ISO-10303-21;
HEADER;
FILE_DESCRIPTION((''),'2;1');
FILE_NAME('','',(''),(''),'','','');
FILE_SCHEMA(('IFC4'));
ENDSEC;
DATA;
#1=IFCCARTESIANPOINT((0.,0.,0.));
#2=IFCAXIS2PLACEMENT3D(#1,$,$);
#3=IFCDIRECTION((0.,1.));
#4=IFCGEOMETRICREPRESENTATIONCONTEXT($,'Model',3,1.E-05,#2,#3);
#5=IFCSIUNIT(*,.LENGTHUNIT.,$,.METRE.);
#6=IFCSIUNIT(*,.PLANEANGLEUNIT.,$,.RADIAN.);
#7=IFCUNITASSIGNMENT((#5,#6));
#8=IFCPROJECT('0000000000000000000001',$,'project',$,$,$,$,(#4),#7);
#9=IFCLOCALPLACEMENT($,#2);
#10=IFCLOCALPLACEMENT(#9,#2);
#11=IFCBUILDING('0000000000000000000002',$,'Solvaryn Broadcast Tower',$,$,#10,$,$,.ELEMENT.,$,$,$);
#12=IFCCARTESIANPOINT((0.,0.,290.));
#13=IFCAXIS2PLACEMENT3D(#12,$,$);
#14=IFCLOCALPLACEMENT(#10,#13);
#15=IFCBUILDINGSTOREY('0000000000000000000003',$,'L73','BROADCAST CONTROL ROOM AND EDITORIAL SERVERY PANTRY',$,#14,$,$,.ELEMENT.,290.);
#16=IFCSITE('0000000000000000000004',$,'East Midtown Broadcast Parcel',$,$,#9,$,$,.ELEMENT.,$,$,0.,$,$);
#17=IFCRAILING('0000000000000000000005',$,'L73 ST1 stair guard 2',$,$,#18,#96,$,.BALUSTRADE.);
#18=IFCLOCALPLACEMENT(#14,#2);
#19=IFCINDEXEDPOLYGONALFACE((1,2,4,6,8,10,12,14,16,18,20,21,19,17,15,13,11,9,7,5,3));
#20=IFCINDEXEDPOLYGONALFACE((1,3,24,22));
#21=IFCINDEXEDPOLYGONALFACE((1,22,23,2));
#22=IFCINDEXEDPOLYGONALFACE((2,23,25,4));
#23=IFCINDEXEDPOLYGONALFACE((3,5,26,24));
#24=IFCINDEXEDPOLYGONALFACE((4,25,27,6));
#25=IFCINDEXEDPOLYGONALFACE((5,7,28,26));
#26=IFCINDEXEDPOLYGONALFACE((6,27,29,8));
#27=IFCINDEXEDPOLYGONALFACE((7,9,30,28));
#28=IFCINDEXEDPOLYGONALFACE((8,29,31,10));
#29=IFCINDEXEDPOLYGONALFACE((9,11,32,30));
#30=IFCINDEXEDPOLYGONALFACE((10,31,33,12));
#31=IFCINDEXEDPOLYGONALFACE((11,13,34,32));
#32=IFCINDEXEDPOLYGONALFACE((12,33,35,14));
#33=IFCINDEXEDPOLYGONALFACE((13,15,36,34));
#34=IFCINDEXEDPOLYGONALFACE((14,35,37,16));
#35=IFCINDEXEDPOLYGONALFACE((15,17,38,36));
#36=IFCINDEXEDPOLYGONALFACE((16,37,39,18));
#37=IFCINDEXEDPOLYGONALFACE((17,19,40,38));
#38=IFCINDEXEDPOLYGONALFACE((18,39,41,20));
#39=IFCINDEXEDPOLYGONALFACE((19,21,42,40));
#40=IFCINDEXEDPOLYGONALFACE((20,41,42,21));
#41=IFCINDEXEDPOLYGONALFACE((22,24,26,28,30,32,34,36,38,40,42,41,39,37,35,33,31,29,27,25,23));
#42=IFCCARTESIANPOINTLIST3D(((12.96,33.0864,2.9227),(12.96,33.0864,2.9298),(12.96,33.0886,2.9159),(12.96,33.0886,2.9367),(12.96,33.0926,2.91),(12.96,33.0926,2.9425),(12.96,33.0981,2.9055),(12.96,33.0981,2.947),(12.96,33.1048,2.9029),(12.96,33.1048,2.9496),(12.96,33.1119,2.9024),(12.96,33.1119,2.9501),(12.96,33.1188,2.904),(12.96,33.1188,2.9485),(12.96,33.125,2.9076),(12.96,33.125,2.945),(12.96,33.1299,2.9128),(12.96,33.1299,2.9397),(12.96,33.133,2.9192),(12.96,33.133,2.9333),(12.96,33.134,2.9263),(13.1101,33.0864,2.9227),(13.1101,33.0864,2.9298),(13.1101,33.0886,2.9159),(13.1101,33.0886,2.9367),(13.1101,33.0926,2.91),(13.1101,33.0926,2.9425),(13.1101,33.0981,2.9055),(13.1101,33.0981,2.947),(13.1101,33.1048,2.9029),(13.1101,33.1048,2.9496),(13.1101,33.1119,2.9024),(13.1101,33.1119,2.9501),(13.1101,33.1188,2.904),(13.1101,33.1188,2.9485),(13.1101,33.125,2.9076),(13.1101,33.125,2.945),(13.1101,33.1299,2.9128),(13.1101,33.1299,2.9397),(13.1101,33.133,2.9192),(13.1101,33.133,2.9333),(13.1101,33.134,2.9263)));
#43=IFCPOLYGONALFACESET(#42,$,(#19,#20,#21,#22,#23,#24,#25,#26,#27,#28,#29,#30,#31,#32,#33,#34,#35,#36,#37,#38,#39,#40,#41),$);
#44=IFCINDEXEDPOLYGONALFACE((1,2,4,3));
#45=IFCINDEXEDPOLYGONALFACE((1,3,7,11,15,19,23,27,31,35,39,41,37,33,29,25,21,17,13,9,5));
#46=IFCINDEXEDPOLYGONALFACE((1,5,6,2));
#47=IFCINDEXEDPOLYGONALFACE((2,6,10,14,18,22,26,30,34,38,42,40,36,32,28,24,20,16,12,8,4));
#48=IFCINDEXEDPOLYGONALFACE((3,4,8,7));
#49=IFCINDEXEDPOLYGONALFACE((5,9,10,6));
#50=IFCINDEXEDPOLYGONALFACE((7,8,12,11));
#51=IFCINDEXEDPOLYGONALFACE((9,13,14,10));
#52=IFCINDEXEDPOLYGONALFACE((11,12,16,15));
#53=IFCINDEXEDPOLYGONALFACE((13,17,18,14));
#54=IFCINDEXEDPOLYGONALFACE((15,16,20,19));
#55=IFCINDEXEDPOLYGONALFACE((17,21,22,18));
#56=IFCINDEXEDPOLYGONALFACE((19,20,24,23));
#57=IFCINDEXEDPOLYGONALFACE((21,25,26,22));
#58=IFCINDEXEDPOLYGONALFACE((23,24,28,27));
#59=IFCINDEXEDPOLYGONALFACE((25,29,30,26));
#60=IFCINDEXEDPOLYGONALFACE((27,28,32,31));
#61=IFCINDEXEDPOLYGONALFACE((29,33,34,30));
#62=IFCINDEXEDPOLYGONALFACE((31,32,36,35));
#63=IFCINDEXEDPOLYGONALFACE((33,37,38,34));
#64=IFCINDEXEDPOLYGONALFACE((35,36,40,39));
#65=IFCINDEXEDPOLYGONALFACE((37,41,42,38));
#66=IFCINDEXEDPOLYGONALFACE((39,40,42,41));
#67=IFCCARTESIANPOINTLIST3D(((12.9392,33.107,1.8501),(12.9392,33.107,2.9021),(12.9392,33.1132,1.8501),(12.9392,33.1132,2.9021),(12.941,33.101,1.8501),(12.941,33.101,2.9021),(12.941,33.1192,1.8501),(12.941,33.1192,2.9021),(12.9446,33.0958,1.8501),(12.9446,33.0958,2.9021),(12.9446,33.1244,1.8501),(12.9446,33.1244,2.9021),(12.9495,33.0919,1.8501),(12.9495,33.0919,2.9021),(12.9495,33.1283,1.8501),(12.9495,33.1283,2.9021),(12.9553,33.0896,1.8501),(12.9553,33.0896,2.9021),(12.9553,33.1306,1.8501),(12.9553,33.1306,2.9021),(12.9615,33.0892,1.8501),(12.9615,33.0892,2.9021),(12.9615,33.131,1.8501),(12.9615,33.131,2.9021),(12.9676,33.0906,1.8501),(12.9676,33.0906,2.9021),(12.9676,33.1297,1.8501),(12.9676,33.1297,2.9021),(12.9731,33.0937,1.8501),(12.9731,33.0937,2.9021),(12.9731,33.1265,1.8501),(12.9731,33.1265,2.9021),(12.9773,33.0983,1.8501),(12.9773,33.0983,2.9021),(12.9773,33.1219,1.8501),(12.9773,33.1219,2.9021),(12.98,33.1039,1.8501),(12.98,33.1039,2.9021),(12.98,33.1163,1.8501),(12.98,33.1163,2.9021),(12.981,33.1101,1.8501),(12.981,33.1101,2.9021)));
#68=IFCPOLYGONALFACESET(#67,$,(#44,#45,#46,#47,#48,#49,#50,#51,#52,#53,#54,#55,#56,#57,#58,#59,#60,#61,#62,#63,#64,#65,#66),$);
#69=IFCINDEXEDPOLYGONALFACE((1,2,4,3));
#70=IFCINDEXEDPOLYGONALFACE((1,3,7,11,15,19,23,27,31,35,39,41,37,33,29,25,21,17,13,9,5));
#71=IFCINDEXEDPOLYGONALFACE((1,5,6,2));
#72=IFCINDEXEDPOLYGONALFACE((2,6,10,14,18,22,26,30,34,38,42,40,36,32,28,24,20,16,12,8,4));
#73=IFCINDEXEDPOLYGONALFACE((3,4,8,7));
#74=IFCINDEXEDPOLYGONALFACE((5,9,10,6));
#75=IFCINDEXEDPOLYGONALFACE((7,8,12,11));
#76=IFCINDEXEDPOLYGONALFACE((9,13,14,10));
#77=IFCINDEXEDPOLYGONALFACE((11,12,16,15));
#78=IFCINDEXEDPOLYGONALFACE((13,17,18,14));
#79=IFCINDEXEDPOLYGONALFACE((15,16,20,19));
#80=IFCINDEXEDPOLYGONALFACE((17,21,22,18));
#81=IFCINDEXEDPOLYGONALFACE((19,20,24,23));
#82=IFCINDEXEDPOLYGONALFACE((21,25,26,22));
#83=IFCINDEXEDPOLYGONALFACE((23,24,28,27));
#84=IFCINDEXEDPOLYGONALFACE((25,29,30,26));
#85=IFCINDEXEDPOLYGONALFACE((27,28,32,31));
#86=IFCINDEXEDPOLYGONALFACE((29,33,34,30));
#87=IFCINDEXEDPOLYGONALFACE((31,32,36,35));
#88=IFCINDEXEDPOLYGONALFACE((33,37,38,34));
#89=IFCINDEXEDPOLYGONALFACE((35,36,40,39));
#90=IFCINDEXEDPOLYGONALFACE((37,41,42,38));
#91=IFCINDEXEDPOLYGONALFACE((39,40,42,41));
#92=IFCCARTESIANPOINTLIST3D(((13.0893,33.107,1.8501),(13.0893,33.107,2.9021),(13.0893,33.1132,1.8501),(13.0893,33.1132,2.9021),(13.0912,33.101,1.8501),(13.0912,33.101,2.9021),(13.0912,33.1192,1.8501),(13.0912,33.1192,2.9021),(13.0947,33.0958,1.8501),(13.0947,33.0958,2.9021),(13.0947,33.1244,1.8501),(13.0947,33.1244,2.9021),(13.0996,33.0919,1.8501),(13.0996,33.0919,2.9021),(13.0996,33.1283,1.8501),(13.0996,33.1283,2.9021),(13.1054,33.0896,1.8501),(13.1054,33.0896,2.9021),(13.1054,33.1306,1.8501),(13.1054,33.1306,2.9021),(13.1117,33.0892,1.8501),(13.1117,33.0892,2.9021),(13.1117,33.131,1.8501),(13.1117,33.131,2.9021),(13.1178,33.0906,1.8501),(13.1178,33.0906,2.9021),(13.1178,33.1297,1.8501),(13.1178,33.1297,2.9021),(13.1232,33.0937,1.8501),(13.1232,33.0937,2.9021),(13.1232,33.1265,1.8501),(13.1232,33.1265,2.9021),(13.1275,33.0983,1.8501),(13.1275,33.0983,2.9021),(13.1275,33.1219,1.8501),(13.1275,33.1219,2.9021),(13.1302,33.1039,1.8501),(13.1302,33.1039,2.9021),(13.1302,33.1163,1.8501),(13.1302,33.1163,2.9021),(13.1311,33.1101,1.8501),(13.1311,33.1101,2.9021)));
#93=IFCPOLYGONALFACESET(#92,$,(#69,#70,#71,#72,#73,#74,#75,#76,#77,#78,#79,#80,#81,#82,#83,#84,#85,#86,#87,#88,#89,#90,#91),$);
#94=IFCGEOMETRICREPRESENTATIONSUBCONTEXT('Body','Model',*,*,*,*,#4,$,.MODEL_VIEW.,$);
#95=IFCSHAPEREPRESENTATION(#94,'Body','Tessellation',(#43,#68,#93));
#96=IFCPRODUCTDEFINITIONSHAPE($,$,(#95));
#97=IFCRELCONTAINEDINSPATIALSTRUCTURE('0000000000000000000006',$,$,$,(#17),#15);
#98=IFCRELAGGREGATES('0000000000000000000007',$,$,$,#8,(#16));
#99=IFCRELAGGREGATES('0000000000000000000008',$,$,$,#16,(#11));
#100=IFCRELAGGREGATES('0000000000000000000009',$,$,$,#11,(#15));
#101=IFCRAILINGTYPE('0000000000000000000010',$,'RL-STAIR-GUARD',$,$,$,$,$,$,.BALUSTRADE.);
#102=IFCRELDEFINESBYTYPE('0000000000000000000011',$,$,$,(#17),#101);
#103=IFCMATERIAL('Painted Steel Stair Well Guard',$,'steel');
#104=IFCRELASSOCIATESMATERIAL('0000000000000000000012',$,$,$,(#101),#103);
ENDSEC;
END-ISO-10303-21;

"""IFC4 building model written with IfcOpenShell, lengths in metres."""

from ifc_helpers import new_model, si_unit, direction, frame, origin, origin_2d, place, context, subcontext, project, spatial, circle, extrude, material, type_object, element, save


model = new_model("IFC4")

# Units and contexts
model_context = context("Model", 3, precision=1e-05, world=origin(), true_north=direction((0.0, 1.0)))
body_context = subcontext(model_context, "Body", "Model", "MODEL_VIEW")
ifc_project = project(units=[si_unit("LENGTHUNIT", "METRE"), si_unit("PLANEANGLEUNIT", "RADIAN")], contexts=[model_context])

# Site, building, storey
site_placement = place(None, origin())
site = spatial("IfcSite", under=ifc_project, at=site_placement, Name="East Midtown Broadcast Parcel", CompositionType="ELEMENT", RefElevation=0.0)
building_placement = place(site_placement, origin())
building = spatial("IfcBuilding", under=site, at=building_placement, Name="Solvaryn Broadcast Tower", CompositionType="ELEMENT")
storey_placement = place(building_placement, frame((0.0, 0.0, 290.0)))
storey = spatial("IfcBuildingStorey", under=building, at=storey_placement, Name="L73", Description="BROADCAST CONTROL ROOM AND EDITORIAL SERVERY PANTRY", CompositionType="ELEMENT", Elevation=290.0)

# Railing
ifc_material_1 = material(Name="Painted Steel Stair Well Guard", Category="steel")
railing_type_1 = type_object("IfcRailingType", Name="RL-STAIR-GUARD", PredefinedType="BALUSTRADE", material=ifc_material_1)
railing_1_placement = place(storey_placement, frame((12.96, 33.1101, 1.8501)))
element("IfcRailing", 1, at=railing_1_placement, inside=storey, type_object=railing_type_1, Name="L73 ST1 stair guard 2", PredefinedType="BALUSTRADE", context=body_context, shape_type="SweptSolid", body=[
    extrude(circle(Radius=0.0239, at=origin_2d()), frame((0.0, 0.0, 1.0762), z_axis=(1.0, 0.0, 0.0), x_axis=(0.0, 1.0, 0.0)), (0.0, 0.0, 1.0), 0.1501),
    extrude(circle(Radius=0.021, at=origin_2d()), origin(), (0.0, 0.0, 1.0), 1.052),
    extrude(circle(Radius=0.021, at=origin_2d()), frame((0.1501, 0.0, 0.0)), (0.0, 0.0, 1.0), 1.052),
])

save(model, "model.ifc")
